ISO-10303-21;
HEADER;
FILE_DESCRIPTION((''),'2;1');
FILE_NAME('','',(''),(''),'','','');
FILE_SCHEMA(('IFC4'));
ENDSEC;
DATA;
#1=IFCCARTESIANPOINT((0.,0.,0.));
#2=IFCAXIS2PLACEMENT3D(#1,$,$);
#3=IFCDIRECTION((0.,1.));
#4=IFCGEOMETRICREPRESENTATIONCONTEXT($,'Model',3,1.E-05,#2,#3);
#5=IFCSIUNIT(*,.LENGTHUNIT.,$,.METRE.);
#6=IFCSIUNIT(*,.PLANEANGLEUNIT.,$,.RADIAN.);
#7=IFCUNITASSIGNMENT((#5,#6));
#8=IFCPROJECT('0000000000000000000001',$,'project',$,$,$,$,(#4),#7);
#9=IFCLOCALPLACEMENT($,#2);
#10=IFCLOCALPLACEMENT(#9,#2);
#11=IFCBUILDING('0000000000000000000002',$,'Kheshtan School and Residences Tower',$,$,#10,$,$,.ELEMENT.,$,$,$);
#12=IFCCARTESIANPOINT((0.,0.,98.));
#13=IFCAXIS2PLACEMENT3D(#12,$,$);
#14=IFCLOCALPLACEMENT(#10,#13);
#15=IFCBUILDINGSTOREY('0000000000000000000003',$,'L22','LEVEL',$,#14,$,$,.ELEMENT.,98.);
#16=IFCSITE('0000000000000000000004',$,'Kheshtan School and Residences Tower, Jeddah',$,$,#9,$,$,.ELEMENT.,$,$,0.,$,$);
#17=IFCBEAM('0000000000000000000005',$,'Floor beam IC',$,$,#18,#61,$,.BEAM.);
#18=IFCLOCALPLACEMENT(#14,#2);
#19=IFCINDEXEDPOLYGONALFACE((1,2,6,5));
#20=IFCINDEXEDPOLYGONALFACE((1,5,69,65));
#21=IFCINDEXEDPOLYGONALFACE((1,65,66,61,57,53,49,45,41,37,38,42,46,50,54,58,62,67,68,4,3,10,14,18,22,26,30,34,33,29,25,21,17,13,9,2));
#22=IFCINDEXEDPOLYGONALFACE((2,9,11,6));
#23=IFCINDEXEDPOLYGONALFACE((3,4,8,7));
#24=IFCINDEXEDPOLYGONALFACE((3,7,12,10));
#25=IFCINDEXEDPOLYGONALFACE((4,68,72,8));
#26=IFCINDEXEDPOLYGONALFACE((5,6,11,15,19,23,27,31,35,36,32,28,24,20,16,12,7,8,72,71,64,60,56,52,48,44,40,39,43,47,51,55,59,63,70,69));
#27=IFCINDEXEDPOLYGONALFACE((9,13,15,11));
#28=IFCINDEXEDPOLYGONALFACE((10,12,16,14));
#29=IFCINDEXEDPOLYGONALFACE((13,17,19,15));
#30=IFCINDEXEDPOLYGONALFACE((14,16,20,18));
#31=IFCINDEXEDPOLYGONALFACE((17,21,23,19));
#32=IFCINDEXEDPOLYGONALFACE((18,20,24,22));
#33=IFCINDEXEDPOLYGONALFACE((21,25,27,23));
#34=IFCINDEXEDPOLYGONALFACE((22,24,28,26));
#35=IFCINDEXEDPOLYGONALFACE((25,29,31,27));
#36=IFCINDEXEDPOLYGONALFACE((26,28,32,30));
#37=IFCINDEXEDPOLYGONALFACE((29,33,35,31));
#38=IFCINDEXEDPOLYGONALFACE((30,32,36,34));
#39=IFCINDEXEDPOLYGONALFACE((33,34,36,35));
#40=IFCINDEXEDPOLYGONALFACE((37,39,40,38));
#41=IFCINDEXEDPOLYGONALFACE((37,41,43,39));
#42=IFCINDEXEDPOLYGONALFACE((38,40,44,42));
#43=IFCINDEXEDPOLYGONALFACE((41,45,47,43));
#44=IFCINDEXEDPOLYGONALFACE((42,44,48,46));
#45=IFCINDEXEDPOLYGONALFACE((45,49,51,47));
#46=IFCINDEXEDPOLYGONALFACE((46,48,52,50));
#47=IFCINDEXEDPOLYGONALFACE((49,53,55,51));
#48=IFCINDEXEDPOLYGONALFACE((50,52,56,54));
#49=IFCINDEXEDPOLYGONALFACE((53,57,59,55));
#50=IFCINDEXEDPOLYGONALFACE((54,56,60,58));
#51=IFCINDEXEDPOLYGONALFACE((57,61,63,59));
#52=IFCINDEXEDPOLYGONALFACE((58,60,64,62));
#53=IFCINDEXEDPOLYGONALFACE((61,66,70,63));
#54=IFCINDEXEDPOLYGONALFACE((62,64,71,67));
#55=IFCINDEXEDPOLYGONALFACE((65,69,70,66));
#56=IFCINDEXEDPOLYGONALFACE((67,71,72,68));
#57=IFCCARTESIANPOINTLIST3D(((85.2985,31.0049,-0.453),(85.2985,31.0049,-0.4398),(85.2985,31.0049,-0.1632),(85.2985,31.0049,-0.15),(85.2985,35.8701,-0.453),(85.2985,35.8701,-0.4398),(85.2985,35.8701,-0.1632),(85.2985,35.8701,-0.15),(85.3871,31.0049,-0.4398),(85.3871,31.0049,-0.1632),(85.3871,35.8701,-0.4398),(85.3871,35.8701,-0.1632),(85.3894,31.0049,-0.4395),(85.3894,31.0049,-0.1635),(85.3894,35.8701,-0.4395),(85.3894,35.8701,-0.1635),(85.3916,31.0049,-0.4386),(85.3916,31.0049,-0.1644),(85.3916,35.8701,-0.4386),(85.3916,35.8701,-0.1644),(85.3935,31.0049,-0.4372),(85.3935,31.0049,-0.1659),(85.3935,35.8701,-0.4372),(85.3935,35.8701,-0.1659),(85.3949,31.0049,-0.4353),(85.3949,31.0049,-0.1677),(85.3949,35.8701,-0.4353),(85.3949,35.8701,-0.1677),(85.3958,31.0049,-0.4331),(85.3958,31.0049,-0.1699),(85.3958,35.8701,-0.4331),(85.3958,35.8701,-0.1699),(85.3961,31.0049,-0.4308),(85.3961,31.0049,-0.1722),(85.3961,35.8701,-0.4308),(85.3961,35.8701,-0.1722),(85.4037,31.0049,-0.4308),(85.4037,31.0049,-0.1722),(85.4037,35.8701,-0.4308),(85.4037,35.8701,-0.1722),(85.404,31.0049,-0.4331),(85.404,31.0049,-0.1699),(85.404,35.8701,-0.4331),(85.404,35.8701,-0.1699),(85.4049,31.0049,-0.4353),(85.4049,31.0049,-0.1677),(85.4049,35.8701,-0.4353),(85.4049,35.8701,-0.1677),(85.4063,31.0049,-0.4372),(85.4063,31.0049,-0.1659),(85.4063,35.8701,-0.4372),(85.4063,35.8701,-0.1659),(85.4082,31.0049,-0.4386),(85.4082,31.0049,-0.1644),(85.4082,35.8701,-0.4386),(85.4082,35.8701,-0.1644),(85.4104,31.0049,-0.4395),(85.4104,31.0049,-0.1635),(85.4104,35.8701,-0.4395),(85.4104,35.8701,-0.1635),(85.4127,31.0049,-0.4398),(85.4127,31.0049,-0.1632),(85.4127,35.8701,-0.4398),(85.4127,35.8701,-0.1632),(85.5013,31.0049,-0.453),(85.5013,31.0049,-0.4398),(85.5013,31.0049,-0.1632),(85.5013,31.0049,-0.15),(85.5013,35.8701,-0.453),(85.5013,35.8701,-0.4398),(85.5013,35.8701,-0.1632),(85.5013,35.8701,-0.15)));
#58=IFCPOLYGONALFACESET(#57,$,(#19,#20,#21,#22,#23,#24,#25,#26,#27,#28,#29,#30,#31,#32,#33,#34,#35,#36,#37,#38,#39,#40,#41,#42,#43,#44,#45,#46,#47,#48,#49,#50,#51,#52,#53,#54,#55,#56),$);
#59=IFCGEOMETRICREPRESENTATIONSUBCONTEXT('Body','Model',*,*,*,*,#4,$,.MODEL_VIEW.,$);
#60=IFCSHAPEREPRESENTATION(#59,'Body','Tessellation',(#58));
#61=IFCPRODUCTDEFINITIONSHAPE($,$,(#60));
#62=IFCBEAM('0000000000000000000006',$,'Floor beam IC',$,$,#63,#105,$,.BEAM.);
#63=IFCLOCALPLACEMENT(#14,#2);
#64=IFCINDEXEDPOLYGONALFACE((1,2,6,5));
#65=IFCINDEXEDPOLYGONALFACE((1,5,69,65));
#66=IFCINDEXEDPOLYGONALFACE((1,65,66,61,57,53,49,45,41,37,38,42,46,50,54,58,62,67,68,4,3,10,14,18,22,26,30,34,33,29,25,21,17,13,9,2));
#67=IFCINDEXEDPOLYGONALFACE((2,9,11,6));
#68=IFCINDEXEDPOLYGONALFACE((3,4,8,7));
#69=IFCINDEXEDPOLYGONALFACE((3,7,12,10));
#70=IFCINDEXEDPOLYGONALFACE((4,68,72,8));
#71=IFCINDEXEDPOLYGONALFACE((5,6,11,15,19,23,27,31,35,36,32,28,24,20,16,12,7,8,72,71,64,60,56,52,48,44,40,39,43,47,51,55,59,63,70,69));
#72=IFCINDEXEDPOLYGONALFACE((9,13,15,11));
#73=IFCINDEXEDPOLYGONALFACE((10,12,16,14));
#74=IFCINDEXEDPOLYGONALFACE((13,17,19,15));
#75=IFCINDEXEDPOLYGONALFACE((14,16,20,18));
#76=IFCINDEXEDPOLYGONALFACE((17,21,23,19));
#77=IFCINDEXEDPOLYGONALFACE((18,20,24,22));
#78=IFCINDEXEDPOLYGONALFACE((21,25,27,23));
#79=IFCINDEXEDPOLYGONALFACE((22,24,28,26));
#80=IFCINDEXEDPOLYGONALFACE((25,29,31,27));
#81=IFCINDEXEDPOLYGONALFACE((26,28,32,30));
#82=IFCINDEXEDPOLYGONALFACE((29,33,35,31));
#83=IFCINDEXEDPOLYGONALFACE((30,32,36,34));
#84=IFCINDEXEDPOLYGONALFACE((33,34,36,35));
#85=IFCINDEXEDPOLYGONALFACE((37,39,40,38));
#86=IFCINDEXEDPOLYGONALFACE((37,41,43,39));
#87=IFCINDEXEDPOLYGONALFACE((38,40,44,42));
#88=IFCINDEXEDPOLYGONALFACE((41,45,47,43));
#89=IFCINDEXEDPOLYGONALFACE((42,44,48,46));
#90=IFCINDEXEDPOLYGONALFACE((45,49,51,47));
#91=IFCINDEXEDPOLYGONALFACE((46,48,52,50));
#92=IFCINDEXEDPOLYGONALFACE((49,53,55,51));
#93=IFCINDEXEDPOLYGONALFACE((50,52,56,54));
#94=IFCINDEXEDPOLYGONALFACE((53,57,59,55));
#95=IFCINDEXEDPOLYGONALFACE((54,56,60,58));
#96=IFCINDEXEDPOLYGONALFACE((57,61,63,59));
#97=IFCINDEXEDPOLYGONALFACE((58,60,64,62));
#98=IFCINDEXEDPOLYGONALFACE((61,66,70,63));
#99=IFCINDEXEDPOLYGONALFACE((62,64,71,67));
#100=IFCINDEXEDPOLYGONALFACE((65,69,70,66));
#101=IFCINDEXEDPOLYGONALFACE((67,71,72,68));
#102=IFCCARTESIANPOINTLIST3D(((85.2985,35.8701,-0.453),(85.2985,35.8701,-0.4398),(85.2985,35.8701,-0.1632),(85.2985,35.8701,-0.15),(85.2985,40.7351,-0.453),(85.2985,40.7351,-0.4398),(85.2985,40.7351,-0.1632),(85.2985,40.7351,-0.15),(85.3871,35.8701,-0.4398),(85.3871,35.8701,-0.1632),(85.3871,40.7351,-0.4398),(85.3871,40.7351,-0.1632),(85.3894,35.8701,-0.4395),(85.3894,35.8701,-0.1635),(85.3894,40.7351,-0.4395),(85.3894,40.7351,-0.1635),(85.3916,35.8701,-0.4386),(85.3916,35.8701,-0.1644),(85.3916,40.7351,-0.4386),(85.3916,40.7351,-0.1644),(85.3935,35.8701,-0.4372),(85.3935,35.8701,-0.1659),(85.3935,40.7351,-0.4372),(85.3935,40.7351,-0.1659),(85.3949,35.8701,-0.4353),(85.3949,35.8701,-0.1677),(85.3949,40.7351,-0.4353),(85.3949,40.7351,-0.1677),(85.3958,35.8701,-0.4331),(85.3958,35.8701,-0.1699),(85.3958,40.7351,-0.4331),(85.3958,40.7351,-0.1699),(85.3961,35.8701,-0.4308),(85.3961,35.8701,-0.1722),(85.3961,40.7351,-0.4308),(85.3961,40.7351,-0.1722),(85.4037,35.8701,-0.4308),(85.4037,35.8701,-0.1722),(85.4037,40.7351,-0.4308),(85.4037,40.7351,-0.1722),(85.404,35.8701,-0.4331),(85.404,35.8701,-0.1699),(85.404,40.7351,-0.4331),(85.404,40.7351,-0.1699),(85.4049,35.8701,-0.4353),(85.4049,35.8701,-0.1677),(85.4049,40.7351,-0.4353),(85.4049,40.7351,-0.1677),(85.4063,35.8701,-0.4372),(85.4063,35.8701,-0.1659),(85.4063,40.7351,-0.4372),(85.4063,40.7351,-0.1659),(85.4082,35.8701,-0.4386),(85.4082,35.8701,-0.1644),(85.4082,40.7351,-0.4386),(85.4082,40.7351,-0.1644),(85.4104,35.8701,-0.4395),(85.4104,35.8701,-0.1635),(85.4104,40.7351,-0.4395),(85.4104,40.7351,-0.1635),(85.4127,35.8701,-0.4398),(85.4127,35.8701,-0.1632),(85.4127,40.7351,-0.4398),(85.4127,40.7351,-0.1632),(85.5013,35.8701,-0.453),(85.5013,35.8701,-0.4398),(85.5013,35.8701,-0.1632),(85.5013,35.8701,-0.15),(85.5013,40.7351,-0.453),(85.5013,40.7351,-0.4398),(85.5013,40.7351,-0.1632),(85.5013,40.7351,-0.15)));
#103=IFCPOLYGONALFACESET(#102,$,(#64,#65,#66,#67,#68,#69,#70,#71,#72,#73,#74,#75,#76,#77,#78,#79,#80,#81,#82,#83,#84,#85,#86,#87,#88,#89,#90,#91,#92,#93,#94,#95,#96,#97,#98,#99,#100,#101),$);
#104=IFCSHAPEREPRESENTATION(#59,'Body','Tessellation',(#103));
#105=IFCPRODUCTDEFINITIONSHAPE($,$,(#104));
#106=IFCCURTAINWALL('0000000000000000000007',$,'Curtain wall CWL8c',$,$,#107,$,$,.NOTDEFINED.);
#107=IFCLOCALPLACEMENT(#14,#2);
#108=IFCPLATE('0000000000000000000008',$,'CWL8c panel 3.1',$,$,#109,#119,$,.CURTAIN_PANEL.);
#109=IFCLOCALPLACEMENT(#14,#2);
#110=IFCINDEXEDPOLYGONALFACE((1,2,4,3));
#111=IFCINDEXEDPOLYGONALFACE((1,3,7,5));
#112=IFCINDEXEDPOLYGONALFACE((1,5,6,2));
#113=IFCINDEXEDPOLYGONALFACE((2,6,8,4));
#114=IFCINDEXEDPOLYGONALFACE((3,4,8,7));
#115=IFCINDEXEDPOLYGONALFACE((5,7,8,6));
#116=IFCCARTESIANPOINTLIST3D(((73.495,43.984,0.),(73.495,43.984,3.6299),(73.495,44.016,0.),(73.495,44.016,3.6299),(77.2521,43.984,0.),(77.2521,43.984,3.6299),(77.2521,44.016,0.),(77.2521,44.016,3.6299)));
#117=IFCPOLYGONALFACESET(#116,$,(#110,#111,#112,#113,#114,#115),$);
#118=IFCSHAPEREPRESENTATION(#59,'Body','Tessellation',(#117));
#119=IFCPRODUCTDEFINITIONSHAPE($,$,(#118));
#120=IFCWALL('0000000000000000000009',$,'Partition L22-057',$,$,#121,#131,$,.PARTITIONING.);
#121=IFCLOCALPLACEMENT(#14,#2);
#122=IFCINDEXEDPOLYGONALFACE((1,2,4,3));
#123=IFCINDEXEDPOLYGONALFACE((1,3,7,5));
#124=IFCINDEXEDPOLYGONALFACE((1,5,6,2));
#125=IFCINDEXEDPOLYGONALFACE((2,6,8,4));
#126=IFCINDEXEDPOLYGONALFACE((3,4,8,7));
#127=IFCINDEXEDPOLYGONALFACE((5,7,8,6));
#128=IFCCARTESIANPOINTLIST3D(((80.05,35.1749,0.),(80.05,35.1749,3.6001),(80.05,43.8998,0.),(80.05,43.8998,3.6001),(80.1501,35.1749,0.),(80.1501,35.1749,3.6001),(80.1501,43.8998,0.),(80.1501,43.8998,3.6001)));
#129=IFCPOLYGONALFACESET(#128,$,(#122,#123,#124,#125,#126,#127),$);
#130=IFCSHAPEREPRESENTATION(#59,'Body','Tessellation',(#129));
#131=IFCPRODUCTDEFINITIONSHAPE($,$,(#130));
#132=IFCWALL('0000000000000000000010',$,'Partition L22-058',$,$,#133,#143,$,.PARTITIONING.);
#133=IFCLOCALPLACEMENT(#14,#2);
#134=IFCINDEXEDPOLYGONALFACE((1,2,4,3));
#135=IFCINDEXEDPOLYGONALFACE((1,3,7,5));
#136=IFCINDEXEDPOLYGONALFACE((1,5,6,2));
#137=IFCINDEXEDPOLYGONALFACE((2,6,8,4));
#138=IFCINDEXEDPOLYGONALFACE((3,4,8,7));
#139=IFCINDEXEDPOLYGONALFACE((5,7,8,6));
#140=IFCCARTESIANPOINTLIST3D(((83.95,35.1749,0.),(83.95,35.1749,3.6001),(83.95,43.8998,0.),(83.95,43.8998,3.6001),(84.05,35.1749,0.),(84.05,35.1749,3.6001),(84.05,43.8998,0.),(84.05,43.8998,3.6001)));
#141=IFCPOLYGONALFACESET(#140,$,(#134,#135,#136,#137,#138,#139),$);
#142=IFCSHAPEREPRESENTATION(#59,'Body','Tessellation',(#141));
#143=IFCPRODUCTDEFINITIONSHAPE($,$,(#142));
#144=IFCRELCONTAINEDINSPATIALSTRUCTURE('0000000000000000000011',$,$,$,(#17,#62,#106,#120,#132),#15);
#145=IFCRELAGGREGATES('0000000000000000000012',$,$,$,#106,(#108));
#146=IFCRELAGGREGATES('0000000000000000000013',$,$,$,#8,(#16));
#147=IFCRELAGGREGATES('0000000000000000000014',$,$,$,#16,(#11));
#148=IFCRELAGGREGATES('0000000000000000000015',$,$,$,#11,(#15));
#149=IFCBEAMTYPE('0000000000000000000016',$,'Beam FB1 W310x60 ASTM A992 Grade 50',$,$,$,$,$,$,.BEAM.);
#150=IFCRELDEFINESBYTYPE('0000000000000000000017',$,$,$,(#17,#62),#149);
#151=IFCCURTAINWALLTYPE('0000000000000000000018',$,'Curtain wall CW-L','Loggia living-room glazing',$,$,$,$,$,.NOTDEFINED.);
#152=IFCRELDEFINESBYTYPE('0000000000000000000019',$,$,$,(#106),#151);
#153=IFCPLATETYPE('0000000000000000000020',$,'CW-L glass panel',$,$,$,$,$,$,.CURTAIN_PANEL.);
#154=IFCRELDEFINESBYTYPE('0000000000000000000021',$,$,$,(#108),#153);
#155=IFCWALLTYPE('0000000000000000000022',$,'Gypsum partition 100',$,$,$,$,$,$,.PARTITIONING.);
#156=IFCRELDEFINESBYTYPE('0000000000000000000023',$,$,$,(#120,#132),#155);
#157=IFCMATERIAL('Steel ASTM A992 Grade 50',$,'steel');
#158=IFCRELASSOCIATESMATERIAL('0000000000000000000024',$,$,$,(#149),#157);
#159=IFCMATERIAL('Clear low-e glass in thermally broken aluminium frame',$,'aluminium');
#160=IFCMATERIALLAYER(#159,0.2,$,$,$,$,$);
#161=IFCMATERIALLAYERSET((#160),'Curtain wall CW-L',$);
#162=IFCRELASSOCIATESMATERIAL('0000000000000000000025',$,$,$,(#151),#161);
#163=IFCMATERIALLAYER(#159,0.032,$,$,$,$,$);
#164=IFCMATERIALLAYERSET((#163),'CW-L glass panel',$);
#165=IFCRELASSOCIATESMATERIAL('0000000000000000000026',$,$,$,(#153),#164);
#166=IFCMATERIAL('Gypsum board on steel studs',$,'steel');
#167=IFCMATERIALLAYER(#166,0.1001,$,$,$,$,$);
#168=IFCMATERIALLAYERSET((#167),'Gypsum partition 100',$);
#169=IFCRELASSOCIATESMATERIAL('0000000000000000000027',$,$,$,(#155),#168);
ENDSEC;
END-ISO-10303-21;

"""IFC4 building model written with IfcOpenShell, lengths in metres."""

from ifc_helpers import new_model, si_unit, direction, frame, frame_2d, origin, origin_2d, place, context, subcontext, project, spatial, rectangle, i_section, extrude, material, layer, layer_set, material_profile, profile_set, type_object, element, aggregate, save


model = new_model("IFC4")

# Units and contexts
model_context = context("Model", 3, precision=1e-05, world=origin(), true_north=direction((0.0, 1.0)))
body_context = subcontext(model_context, "Body", "Model", "MODEL_VIEW")
ifc_project = project(units=[si_unit("LENGTHUNIT", "METRE"), si_unit("PLANEANGLEUNIT", "RADIAN")], contexts=[model_context])

# Site, building, storey
site_placement = place(None, origin())
site = spatial("IfcSite", under=ifc_project, at=site_placement, Name="Kheshtan School and Residences Tower, Jeddah", CompositionType="ELEMENT", RefElevation=0.0)
building_placement = place(site_placement, origin())
building = spatial("IfcBuilding", under=site, at=building_placement, Name="Kheshtan School and Residences Tower", CompositionType="ELEMENT")
storey_placement = place(building_placement, frame((0.0, 0.0, 98.0)))
storey = spatial("IfcBuildingStorey", under=building, at=storey_placement, Name="L22", Description="LEVEL", CompositionType="ELEMENT", Elevation=98.0)

# Beams
ifc_material_1 = material(Name="Steel ASTM A992 Grade 50", Category="steel")
ifc_material_profile_1 = material_profile(ifc_material_1, i_section(OverallWidth=0.2029, OverallDepth=0.303, WebThickness=0.0076, FlangeThickness=0.0132, FilletRadius=0.009, at=origin_2d()), Name="W310x60")
ifc_profile_set_1 = profile_set([ifc_material_profile_1], Name="Steel ASTM A992 Grade 50")
beam_type = type_object("IfcBeamType", Name="Beam FB1 W310x60 ASTM A992 Grade 50", PredefinedType="BEAM", material=ifc_profile_set_1)
beam_1_placement = place(storey_placement, frame((85.3999, 31.0049, -0.3015), z_axis=(0.0, 1.0, 0.0), x_axis=(-1.0, 0.0, 0.0)))
element("IfcBeam", 1, at=beam_1_placement, inside=storey, type_object=beam_type, Name="Floor beam IC", PredefinedType="BEAM", context=body_context, shape_type="SweptSolid", body=[
    extrude(i_section(OverallWidth=0.2029, OverallDepth=0.303, WebThickness=0.0076, FlangeThickness=0.0132, FilletRadius=0.009, at=origin_2d()), origin(), (0.0, 0.0, 1.0), 4.8652),
])
beam_2_placement = place(storey_placement, frame((85.3999, 40.7351, -0.3015), z_axis=(0.0, -1.0, 0.0), x_axis=(1.0, 0.0, 0.0)))
element("IfcBeam", 2, at=beam_2_placement, inside=storey, type_object=beam_type, Name="Floor beam IC", PredefinedType="BEAM", context=body_context, shape_type="SweptSolid", body=[
    extrude(i_section(OverallWidth=0.2029, OverallDepth=0.303, WebThickness=0.0076, FlangeThickness=0.0132, FilletRadius=0.009, at=origin_2d()), origin(), (0.0, 0.0, 1.0), 4.865),
])

# Curtain wall, plate
ifc_material_2 = material(Name="Clear low-e glass in thermally broken aluminium frame", Category="aluminium")
ifc_layer_1 = layer(ifc_material_2, 0.2)
ifc_layer_set_1 = layer_set([ifc_layer_1], Name="Curtain wall CW-L")
curtain_wall_type = type_object("IfcCurtainWallType", Name="Curtain wall CW-L", Description="Loggia living-room glazing", PredefinedType="NOTDEFINED", material=ifc_layer_set_1)
curtain_wall_placement = place(storey_placement, origin())
curtain_wall = element("IfcCurtainWall", 3, at=curtain_wall_placement, inside=storey, type_object=curtain_wall_type, Name="Curtain wall CWL8c", PredefinedType="NOTDEFINED")
ifc_layer_2 = layer(ifc_material_2, 0.032)
ifc_layer_set_2 = layer_set([ifc_layer_2], Name="CW-L glass panel")
plate_type = type_object("IfcPlateType", Name="CW-L glass panel", PredefinedType="CURTAIN_PANEL", material=ifc_layer_set_2)
plate_placement = place(storey_placement, frame((75.3735, 44.0, 0.0), z_axis=(0.0, 0.0, 1.0), x_axis=(1.0, 0.0, 0.0)))
plate = element("IfcPlate", 4, at=plate_placement, type_object=plate_type, Name="CWL8c panel 3.1", PredefinedType="CURTAIN_PANEL", context=body_context, shape_type="SweptSolid", body=[
    extrude(rectangle(XDim=3.7571, YDim=0.032, at=origin_2d()), origin(), (0.0, 0.0, 1.0), 3.6299),
])
aggregate(curtain_wall, [plate])

# Walls
ifc_material_3 = material(Name="Gypsum board on steel studs", Category="steel")
ifc_layer_3 = layer(ifc_material_3, 0.1001)
ifc_layer_set_3 = layer_set([ifc_layer_3], Name="Gypsum partition 100")
wall_type_1 = type_object("IfcWallType", Name="Gypsum partition 100", PredefinedType="PARTITIONING", material=ifc_layer_set_3)
for number, where, z_axis, x_axis, name in (
    (5, (80.1001, 35.175, 0.0), (0.0, 0.0, 1.0), (0.0, 1.0, 0.0), "Partition L22-057"),
    (6, (84.0, 35.175, 0.0), (0.0, 0.0, 1.0), (0.0, 1.0, 0.0), "Partition L22-058"),
):
    element("IfcWall", number, at=place(storey_placement, frame(where, z_axis=z_axis, x_axis=x_axis)), inside=storey, type_object=wall_type_1, Name=name, PredefinedType="PARTITIONING", context=body_context, shape_type="SweptSolid", body=[
        extrude(rectangle(XDim=8.7249, YDim=0.1001, at=frame_2d((4.3623, 0.0))), origin(), (0.0, 0.0, 1.0), 3.6001),
    ])

save(model, "model.ifc")
